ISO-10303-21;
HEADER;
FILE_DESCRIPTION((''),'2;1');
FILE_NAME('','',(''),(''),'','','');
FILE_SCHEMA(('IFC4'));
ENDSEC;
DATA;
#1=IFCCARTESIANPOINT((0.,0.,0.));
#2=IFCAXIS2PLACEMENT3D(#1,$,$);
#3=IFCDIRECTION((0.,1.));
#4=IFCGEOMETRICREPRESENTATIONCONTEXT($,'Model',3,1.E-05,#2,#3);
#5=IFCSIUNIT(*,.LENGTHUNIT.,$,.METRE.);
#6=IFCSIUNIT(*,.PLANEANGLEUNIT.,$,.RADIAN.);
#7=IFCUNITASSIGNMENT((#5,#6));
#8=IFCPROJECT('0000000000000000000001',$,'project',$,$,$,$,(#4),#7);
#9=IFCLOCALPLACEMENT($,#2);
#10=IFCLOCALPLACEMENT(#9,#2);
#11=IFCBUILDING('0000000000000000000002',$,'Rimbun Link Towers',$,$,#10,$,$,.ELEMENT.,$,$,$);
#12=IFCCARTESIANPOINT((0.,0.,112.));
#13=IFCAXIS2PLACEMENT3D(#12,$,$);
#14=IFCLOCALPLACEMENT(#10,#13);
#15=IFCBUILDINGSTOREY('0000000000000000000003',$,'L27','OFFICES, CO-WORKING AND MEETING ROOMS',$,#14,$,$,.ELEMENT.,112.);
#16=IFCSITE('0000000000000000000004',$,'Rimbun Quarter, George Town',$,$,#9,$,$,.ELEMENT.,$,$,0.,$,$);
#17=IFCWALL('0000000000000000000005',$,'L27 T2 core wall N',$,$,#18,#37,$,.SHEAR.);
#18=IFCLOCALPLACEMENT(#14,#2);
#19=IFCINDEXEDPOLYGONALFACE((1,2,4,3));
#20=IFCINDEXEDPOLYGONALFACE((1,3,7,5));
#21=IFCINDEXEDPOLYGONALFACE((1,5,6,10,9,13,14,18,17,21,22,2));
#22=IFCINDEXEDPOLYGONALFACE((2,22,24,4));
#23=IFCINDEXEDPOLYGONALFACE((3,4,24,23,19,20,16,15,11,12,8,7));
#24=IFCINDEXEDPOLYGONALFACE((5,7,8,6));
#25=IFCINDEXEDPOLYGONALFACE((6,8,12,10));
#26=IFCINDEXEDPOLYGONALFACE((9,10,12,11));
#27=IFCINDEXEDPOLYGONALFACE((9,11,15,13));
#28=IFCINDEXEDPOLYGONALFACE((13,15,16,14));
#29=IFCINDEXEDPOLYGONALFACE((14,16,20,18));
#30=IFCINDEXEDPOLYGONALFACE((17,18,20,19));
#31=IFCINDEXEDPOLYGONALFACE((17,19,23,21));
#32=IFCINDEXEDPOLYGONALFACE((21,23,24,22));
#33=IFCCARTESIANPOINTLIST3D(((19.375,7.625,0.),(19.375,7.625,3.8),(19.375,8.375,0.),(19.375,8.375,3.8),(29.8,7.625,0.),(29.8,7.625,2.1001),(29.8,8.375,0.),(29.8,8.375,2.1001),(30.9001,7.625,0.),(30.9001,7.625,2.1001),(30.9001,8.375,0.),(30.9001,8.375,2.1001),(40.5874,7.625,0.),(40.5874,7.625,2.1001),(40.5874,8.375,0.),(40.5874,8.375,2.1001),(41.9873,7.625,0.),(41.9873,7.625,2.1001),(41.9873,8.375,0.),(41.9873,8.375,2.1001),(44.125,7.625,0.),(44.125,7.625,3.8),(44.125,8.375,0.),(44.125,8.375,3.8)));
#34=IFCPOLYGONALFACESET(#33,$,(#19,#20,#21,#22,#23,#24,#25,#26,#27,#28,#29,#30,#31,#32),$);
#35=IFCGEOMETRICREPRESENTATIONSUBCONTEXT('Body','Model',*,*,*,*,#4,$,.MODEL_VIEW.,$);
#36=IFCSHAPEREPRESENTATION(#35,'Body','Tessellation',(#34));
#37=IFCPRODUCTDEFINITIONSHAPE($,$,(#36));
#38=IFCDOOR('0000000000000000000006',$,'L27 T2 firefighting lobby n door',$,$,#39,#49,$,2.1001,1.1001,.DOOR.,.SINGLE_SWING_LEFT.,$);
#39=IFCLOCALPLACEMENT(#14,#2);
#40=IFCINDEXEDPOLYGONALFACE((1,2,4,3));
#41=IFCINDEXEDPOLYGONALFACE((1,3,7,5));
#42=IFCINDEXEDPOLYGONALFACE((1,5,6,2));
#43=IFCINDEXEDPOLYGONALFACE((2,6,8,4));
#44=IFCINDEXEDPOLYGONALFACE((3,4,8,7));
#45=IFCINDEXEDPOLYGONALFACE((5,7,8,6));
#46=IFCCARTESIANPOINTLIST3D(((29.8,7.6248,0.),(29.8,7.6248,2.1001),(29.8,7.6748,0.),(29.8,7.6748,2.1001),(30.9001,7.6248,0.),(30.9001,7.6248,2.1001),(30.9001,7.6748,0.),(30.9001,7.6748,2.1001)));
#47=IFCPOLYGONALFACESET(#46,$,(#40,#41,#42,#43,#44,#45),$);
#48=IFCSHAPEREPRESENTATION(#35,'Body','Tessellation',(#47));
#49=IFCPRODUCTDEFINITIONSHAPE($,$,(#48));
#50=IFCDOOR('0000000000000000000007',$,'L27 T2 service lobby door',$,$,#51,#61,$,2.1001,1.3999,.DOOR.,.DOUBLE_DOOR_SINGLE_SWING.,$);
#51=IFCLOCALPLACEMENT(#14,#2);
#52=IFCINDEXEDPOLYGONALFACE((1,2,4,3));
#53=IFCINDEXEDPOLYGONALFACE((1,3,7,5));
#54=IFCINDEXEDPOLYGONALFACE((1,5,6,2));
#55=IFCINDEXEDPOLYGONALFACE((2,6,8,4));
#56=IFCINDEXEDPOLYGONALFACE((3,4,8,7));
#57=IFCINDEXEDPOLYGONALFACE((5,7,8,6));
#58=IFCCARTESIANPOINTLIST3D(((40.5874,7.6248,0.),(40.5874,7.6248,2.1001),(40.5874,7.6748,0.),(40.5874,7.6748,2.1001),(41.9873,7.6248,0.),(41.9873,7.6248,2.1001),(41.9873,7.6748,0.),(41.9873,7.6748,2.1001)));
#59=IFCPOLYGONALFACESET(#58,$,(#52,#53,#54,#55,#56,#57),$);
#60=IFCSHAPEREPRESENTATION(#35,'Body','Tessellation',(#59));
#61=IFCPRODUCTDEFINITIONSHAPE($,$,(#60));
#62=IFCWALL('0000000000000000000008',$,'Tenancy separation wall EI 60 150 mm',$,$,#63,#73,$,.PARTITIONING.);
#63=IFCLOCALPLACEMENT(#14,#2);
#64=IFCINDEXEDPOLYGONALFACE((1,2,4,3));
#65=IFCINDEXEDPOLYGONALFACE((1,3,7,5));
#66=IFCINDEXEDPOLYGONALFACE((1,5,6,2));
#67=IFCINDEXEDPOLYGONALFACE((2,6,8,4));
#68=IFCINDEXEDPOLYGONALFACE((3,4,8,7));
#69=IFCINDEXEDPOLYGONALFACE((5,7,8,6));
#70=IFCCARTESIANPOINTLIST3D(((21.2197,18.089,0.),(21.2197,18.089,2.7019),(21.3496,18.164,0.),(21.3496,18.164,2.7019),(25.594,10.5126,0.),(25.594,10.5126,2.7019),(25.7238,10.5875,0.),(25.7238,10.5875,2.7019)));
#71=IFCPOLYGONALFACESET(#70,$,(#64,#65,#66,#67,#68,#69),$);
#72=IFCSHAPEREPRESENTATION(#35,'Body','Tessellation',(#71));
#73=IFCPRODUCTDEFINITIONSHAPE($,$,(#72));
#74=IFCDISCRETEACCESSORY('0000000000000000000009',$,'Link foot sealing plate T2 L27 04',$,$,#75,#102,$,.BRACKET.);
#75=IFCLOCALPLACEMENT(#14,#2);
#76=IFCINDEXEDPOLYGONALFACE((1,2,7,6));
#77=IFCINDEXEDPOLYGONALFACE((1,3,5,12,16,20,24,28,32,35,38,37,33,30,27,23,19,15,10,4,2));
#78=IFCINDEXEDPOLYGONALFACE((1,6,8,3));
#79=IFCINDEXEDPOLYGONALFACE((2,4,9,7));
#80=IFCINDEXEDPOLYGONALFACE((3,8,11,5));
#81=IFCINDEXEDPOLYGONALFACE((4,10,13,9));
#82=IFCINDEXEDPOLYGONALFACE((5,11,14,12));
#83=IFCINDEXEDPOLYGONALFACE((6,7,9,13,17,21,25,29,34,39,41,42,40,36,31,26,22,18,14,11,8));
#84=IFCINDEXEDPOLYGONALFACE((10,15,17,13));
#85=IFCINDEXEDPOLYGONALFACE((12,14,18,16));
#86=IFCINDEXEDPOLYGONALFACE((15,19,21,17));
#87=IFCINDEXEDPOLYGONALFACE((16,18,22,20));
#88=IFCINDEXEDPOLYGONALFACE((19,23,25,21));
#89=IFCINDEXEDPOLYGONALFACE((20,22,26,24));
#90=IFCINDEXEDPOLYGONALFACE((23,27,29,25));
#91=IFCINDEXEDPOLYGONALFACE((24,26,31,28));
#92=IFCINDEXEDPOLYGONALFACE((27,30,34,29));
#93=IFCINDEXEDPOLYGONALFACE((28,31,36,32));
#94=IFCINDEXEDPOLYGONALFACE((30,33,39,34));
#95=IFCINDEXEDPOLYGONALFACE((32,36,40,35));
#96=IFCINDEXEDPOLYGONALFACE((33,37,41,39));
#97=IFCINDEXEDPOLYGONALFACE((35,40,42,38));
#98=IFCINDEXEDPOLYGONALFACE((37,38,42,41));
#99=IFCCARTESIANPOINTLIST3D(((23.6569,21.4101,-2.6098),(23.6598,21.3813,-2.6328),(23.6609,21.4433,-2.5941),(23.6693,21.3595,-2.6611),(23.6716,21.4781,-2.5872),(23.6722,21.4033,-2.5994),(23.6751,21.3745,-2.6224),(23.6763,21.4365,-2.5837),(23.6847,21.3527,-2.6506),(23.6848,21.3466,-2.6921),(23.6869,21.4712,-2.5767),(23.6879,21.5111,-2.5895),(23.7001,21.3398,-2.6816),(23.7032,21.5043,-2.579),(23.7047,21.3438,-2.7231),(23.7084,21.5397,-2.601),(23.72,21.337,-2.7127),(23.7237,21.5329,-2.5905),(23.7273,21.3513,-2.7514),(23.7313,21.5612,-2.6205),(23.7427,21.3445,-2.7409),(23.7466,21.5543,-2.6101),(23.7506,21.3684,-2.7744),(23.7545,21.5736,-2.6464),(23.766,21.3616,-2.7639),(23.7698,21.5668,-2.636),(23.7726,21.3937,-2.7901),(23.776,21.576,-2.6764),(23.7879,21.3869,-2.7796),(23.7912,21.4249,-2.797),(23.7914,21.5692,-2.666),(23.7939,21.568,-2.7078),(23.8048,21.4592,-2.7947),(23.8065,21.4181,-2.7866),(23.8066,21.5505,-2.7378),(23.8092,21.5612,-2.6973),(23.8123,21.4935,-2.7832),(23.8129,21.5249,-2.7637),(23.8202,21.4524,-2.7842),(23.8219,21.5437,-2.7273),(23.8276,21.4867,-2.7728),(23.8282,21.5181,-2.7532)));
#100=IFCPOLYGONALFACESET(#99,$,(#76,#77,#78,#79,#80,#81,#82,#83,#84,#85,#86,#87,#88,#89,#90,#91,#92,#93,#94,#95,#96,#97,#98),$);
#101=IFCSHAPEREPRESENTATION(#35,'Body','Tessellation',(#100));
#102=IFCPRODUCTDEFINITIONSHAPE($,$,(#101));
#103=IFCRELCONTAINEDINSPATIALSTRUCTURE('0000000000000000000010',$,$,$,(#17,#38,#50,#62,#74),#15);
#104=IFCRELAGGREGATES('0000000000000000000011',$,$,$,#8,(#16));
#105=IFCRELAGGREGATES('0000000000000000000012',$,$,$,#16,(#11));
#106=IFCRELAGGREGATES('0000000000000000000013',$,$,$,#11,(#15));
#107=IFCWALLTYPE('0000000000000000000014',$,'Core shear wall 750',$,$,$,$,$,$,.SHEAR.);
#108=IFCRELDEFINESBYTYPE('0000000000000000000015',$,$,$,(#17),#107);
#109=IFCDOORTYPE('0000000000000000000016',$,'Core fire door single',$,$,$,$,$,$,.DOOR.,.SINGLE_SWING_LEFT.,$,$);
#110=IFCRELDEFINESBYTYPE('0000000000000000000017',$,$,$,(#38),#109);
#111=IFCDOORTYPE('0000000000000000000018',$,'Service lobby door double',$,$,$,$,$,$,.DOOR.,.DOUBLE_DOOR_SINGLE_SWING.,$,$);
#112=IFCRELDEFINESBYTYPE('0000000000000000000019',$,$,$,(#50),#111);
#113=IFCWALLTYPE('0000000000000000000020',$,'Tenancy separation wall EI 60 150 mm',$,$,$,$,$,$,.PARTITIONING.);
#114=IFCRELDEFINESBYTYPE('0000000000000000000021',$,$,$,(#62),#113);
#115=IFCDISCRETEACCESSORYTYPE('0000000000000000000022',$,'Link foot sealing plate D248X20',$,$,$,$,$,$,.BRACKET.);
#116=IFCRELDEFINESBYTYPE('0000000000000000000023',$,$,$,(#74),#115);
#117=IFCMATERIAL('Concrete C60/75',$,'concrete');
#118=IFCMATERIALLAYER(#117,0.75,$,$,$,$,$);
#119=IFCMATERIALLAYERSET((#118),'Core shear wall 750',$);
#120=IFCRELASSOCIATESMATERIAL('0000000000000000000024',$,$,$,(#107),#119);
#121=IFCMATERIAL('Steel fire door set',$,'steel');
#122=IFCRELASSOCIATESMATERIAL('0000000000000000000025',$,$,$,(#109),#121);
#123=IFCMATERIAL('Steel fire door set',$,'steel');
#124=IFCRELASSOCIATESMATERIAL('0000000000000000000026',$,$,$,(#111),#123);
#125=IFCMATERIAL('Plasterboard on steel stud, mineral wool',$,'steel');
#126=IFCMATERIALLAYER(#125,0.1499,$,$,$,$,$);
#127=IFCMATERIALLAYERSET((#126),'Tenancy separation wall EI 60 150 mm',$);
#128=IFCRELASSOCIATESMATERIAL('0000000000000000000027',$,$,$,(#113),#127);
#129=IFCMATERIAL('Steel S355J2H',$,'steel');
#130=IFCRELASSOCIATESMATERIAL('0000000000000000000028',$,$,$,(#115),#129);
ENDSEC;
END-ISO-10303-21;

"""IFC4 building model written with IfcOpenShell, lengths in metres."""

from ifc_helpers import new_model, si_unit, direction, frame, frame_2d, origin, origin_2d, place, context, subcontext, project, spatial, rectangle, circle, extrude, material, layer, layer_set, material_profile, profile_set, type_object, element, fill, save


model = new_model("IFC4")

# Units and contexts
model_context = context("Model", 3, precision=1e-05, world=origin(), true_north=direction((0.0, 1.0)))
body_context = subcontext(model_context, "Body", "Model", "MODEL_VIEW")
ifc_project = project(units=[si_unit("LENGTHUNIT", "METRE"), si_unit("PLANEANGLEUNIT", "RADIAN")], contexts=[model_context])

# Site, building, storey
site_placement = place(None, origin())
site = spatial("IfcSite", under=ifc_project, at=site_placement, Name="Rimbun Quarter, George Town", CompositionType="ELEMENT", RefElevation=0.0)
building_placement = place(site_placement, origin())
building = spatial("IfcBuilding", under=site, at=building_placement, Name="Rimbun Link Towers", CompositionType="ELEMENT")
storey_placement = place(building_placement, frame((0.0, 0.0, 112.0)))
storey = spatial("IfcBuildingStorey", under=building, at=storey_placement, Name="L27", Description="OFFICES, CO-WORKING AND MEETING ROOMS", CompositionType="ELEMENT", Elevation=112.0)

# Wall, openings, doors
ifc_material_1 = material(Name="Concrete C60/75", Category="concrete")
ifc_layer_1 = layer(ifc_material_1, 0.75)
ifc_layer_set_1 = layer_set([ifc_layer_1], Name="Core shear wall 750")
wall_type_1 = type_object("IfcWallType", Name="Core shear wall 750", PredefinedType="SHEAR", material=ifc_layer_set_1)
wall_1_placement = place(storey_placement, frame((19.375, 8.0, 0.0), z_axis=(0.0, 0.0, 1.0), x_axis=(1.0, 0.0, 0.0)))
wall_1 = element("IfcWall", 1, at=wall_1_placement, inside=storey, type_object=wall_type_1, Name="L27 T2 core wall N", PredefinedType="SHEAR", context=body_context, shape_type="SweptSolid", body=[
    extrude(rectangle(XDim=24.75, YDim=0.75, at=frame_2d((12.375, 0.0))), origin(), (0.0, 0.0, 1.0), 3.8),
])
opening_1_placement = place(wall_1_placement, frame((10.425, 0.0, 0.0)))
opening_1 = element("IfcOpeningElement", 2, at=opening_1_placement, cuts=wall_1, PredefinedType="OPENING", context=body_context, shape_type="SweptSolid", body=[
    extrude(rectangle(XDim=1.1001, YDim=2.1001, at=frame_2d((0.55, 1.05))), frame((0.0, 0.385, 0.0), z_axis=(0.0, -1.0, 0.0), x_axis=(1.0, 0.0, 0.0)), (0.0, 0.0, 1.0), 0.77),
])
opening_2_placement = place(wall_1_placement, frame((21.2124, 0.0, 0.0)))
opening_2 = element("IfcOpeningElement", 3, at=opening_2_placement, cuts=wall_1, PredefinedType="OPENING", context=body_context, shape_type="SweptSolid", body=[
    extrude(rectangle(XDim=1.3999, YDim=2.1001, at=frame_2d((0.7, 1.05))), frame((0.0, 0.385, 0.0), z_axis=(0.0, -1.0, 0.0), x_axis=(1.0, 0.0, 0.0)), (0.0, 0.0, 1.0), 0.77),
])
ifc_material_2 = material(Name="Steel fire door set", Category="steel")
door_type_1 = type_object("IfcDoorType", Name="Core fire door single", OperationType="SINGLE_SWING_LEFT", PredefinedType="DOOR", material=ifc_material_2)
door_1_placement = place(opening_1_placement, origin())
door_1 = element("IfcDoor", 4, at=door_1_placement, inside=storey, type_object=door_type_1, Name="L27 T2 firefighting lobby n door", OperationType="SINGLE_SWING_LEFT", OverallHeight=2.1001, OverallWidth=1.1001, PredefinedType="DOOR", context=body_context, shape_type="SweptSolid", body=[
    extrude(rectangle(XDim=1.1001, YDim=2.1001, at=frame_2d((0.55, 1.05))), frame((0.0, -0.3252, 0.0), z_axis=(0.0, -1.0, 0.0), x_axis=(1.0, 0.0, 0.0)), (0.0, 0.0, 1.0), 0.05),
])
fill(opening_1, door_1)
ifc_material_3 = material(Name="Steel fire door set", Category="steel")
door_type_2 = type_object("IfcDoorType", Name="Service lobby door double", OperationType="DOUBLE_DOOR_SINGLE_SWING", PredefinedType="DOOR", material=ifc_material_3)
door_2_placement = place(opening_2_placement, origin())
door_2 = element("IfcDoor", 5, at=door_2_placement, inside=storey, type_object=door_type_2, Name="L27 T2 service lobby door", OperationType="DOUBLE_DOOR_SINGLE_SWING", OverallHeight=2.1001, OverallWidth=1.3999, PredefinedType="DOOR", context=body_context, shape_type="SweptSolid", body=[
    extrude(rectangle(XDim=1.3999, YDim=2.1001, at=frame_2d((0.7, 1.05))), frame((0.0, -0.3252, 0.0), z_axis=(0.0, -1.0, 0.0), x_axis=(1.0, 0.0, 0.0)), (0.0, 0.0, 1.0), 0.05),
])
fill(opening_2, door_2)

# Wall
ifc_material_4 = material(Name="Plasterboard on steel stud, mineral wool", Category="steel")
ifc_layer_2 = layer(ifc_material_4, 0.1499)
ifc_layer_set_2 = layer_set([ifc_layer_2], Name="Tenancy separation wall EI 60 150 mm")
wall_type_2 = type_object("IfcWallType", Name="Tenancy separation wall EI 60 150 mm", PredefinedType="PARTITIONING", material=ifc_layer_set_2)
wall_2_placement = place(storey_placement, frame((25.6589, 10.55, 0.0), z_axis=(0.0, 0.0, 1.0), x_axis=(-0.500002, 0.866024, 0.0)))
element("IfcWall", 6, at=wall_2_placement, inside=storey, type_object=wall_type_2, Name="Tenancy separation wall EI 60 150 mm", PredefinedType="PARTITIONING", context=body_context, shape_type="SweptSolid", body=[
    extrude(rectangle(XDim=8.7485, YDim=0.1499, at=frame_2d((4.3743, 0.0))), origin(), (0.0, 0.0, 1.0), 2.7019),
])

# Discrete accessory
ifc_material_5 = material(Name="Steel S355J2H", Category="steel")
ifc_material_profile_1 = material_profile(ifc_material_5, circle(Radius=0.124, at=origin_2d()), Name="PL D248")
ifc_profile_set_1 = profile_set([ifc_material_profile_1], Name="Steel S355J2H")
discrete_accessory_type = type_object("IfcDiscreteAccessoryType", Name="Link foot sealing plate D248X20", PredefinedType="BRACKET", material=ifc_profile_set_1)
discrete_accessory_placement = place(storey_placement, frame((23.7505, 21.4531, -2.6816), z_axis=(-0.775359, 0.344604, -0.529213), x_axis=(-0.406138, -0.913812, 0.0)))
element("IfcDiscreteAccessory", 7, at=discrete_accessory_placement, inside=storey, type_object=discrete_accessory_type, Name="Link foot sealing plate T2 L27 04", PredefinedType="BRACKET", context=body_context, shape_type="SweptSolid", body=[
    extrude(circle(Radius=0.124, at=origin_2d()), origin(), (0.0, 0.0, 1.0), 0.0198),
])

save(model, "model.ifc")
